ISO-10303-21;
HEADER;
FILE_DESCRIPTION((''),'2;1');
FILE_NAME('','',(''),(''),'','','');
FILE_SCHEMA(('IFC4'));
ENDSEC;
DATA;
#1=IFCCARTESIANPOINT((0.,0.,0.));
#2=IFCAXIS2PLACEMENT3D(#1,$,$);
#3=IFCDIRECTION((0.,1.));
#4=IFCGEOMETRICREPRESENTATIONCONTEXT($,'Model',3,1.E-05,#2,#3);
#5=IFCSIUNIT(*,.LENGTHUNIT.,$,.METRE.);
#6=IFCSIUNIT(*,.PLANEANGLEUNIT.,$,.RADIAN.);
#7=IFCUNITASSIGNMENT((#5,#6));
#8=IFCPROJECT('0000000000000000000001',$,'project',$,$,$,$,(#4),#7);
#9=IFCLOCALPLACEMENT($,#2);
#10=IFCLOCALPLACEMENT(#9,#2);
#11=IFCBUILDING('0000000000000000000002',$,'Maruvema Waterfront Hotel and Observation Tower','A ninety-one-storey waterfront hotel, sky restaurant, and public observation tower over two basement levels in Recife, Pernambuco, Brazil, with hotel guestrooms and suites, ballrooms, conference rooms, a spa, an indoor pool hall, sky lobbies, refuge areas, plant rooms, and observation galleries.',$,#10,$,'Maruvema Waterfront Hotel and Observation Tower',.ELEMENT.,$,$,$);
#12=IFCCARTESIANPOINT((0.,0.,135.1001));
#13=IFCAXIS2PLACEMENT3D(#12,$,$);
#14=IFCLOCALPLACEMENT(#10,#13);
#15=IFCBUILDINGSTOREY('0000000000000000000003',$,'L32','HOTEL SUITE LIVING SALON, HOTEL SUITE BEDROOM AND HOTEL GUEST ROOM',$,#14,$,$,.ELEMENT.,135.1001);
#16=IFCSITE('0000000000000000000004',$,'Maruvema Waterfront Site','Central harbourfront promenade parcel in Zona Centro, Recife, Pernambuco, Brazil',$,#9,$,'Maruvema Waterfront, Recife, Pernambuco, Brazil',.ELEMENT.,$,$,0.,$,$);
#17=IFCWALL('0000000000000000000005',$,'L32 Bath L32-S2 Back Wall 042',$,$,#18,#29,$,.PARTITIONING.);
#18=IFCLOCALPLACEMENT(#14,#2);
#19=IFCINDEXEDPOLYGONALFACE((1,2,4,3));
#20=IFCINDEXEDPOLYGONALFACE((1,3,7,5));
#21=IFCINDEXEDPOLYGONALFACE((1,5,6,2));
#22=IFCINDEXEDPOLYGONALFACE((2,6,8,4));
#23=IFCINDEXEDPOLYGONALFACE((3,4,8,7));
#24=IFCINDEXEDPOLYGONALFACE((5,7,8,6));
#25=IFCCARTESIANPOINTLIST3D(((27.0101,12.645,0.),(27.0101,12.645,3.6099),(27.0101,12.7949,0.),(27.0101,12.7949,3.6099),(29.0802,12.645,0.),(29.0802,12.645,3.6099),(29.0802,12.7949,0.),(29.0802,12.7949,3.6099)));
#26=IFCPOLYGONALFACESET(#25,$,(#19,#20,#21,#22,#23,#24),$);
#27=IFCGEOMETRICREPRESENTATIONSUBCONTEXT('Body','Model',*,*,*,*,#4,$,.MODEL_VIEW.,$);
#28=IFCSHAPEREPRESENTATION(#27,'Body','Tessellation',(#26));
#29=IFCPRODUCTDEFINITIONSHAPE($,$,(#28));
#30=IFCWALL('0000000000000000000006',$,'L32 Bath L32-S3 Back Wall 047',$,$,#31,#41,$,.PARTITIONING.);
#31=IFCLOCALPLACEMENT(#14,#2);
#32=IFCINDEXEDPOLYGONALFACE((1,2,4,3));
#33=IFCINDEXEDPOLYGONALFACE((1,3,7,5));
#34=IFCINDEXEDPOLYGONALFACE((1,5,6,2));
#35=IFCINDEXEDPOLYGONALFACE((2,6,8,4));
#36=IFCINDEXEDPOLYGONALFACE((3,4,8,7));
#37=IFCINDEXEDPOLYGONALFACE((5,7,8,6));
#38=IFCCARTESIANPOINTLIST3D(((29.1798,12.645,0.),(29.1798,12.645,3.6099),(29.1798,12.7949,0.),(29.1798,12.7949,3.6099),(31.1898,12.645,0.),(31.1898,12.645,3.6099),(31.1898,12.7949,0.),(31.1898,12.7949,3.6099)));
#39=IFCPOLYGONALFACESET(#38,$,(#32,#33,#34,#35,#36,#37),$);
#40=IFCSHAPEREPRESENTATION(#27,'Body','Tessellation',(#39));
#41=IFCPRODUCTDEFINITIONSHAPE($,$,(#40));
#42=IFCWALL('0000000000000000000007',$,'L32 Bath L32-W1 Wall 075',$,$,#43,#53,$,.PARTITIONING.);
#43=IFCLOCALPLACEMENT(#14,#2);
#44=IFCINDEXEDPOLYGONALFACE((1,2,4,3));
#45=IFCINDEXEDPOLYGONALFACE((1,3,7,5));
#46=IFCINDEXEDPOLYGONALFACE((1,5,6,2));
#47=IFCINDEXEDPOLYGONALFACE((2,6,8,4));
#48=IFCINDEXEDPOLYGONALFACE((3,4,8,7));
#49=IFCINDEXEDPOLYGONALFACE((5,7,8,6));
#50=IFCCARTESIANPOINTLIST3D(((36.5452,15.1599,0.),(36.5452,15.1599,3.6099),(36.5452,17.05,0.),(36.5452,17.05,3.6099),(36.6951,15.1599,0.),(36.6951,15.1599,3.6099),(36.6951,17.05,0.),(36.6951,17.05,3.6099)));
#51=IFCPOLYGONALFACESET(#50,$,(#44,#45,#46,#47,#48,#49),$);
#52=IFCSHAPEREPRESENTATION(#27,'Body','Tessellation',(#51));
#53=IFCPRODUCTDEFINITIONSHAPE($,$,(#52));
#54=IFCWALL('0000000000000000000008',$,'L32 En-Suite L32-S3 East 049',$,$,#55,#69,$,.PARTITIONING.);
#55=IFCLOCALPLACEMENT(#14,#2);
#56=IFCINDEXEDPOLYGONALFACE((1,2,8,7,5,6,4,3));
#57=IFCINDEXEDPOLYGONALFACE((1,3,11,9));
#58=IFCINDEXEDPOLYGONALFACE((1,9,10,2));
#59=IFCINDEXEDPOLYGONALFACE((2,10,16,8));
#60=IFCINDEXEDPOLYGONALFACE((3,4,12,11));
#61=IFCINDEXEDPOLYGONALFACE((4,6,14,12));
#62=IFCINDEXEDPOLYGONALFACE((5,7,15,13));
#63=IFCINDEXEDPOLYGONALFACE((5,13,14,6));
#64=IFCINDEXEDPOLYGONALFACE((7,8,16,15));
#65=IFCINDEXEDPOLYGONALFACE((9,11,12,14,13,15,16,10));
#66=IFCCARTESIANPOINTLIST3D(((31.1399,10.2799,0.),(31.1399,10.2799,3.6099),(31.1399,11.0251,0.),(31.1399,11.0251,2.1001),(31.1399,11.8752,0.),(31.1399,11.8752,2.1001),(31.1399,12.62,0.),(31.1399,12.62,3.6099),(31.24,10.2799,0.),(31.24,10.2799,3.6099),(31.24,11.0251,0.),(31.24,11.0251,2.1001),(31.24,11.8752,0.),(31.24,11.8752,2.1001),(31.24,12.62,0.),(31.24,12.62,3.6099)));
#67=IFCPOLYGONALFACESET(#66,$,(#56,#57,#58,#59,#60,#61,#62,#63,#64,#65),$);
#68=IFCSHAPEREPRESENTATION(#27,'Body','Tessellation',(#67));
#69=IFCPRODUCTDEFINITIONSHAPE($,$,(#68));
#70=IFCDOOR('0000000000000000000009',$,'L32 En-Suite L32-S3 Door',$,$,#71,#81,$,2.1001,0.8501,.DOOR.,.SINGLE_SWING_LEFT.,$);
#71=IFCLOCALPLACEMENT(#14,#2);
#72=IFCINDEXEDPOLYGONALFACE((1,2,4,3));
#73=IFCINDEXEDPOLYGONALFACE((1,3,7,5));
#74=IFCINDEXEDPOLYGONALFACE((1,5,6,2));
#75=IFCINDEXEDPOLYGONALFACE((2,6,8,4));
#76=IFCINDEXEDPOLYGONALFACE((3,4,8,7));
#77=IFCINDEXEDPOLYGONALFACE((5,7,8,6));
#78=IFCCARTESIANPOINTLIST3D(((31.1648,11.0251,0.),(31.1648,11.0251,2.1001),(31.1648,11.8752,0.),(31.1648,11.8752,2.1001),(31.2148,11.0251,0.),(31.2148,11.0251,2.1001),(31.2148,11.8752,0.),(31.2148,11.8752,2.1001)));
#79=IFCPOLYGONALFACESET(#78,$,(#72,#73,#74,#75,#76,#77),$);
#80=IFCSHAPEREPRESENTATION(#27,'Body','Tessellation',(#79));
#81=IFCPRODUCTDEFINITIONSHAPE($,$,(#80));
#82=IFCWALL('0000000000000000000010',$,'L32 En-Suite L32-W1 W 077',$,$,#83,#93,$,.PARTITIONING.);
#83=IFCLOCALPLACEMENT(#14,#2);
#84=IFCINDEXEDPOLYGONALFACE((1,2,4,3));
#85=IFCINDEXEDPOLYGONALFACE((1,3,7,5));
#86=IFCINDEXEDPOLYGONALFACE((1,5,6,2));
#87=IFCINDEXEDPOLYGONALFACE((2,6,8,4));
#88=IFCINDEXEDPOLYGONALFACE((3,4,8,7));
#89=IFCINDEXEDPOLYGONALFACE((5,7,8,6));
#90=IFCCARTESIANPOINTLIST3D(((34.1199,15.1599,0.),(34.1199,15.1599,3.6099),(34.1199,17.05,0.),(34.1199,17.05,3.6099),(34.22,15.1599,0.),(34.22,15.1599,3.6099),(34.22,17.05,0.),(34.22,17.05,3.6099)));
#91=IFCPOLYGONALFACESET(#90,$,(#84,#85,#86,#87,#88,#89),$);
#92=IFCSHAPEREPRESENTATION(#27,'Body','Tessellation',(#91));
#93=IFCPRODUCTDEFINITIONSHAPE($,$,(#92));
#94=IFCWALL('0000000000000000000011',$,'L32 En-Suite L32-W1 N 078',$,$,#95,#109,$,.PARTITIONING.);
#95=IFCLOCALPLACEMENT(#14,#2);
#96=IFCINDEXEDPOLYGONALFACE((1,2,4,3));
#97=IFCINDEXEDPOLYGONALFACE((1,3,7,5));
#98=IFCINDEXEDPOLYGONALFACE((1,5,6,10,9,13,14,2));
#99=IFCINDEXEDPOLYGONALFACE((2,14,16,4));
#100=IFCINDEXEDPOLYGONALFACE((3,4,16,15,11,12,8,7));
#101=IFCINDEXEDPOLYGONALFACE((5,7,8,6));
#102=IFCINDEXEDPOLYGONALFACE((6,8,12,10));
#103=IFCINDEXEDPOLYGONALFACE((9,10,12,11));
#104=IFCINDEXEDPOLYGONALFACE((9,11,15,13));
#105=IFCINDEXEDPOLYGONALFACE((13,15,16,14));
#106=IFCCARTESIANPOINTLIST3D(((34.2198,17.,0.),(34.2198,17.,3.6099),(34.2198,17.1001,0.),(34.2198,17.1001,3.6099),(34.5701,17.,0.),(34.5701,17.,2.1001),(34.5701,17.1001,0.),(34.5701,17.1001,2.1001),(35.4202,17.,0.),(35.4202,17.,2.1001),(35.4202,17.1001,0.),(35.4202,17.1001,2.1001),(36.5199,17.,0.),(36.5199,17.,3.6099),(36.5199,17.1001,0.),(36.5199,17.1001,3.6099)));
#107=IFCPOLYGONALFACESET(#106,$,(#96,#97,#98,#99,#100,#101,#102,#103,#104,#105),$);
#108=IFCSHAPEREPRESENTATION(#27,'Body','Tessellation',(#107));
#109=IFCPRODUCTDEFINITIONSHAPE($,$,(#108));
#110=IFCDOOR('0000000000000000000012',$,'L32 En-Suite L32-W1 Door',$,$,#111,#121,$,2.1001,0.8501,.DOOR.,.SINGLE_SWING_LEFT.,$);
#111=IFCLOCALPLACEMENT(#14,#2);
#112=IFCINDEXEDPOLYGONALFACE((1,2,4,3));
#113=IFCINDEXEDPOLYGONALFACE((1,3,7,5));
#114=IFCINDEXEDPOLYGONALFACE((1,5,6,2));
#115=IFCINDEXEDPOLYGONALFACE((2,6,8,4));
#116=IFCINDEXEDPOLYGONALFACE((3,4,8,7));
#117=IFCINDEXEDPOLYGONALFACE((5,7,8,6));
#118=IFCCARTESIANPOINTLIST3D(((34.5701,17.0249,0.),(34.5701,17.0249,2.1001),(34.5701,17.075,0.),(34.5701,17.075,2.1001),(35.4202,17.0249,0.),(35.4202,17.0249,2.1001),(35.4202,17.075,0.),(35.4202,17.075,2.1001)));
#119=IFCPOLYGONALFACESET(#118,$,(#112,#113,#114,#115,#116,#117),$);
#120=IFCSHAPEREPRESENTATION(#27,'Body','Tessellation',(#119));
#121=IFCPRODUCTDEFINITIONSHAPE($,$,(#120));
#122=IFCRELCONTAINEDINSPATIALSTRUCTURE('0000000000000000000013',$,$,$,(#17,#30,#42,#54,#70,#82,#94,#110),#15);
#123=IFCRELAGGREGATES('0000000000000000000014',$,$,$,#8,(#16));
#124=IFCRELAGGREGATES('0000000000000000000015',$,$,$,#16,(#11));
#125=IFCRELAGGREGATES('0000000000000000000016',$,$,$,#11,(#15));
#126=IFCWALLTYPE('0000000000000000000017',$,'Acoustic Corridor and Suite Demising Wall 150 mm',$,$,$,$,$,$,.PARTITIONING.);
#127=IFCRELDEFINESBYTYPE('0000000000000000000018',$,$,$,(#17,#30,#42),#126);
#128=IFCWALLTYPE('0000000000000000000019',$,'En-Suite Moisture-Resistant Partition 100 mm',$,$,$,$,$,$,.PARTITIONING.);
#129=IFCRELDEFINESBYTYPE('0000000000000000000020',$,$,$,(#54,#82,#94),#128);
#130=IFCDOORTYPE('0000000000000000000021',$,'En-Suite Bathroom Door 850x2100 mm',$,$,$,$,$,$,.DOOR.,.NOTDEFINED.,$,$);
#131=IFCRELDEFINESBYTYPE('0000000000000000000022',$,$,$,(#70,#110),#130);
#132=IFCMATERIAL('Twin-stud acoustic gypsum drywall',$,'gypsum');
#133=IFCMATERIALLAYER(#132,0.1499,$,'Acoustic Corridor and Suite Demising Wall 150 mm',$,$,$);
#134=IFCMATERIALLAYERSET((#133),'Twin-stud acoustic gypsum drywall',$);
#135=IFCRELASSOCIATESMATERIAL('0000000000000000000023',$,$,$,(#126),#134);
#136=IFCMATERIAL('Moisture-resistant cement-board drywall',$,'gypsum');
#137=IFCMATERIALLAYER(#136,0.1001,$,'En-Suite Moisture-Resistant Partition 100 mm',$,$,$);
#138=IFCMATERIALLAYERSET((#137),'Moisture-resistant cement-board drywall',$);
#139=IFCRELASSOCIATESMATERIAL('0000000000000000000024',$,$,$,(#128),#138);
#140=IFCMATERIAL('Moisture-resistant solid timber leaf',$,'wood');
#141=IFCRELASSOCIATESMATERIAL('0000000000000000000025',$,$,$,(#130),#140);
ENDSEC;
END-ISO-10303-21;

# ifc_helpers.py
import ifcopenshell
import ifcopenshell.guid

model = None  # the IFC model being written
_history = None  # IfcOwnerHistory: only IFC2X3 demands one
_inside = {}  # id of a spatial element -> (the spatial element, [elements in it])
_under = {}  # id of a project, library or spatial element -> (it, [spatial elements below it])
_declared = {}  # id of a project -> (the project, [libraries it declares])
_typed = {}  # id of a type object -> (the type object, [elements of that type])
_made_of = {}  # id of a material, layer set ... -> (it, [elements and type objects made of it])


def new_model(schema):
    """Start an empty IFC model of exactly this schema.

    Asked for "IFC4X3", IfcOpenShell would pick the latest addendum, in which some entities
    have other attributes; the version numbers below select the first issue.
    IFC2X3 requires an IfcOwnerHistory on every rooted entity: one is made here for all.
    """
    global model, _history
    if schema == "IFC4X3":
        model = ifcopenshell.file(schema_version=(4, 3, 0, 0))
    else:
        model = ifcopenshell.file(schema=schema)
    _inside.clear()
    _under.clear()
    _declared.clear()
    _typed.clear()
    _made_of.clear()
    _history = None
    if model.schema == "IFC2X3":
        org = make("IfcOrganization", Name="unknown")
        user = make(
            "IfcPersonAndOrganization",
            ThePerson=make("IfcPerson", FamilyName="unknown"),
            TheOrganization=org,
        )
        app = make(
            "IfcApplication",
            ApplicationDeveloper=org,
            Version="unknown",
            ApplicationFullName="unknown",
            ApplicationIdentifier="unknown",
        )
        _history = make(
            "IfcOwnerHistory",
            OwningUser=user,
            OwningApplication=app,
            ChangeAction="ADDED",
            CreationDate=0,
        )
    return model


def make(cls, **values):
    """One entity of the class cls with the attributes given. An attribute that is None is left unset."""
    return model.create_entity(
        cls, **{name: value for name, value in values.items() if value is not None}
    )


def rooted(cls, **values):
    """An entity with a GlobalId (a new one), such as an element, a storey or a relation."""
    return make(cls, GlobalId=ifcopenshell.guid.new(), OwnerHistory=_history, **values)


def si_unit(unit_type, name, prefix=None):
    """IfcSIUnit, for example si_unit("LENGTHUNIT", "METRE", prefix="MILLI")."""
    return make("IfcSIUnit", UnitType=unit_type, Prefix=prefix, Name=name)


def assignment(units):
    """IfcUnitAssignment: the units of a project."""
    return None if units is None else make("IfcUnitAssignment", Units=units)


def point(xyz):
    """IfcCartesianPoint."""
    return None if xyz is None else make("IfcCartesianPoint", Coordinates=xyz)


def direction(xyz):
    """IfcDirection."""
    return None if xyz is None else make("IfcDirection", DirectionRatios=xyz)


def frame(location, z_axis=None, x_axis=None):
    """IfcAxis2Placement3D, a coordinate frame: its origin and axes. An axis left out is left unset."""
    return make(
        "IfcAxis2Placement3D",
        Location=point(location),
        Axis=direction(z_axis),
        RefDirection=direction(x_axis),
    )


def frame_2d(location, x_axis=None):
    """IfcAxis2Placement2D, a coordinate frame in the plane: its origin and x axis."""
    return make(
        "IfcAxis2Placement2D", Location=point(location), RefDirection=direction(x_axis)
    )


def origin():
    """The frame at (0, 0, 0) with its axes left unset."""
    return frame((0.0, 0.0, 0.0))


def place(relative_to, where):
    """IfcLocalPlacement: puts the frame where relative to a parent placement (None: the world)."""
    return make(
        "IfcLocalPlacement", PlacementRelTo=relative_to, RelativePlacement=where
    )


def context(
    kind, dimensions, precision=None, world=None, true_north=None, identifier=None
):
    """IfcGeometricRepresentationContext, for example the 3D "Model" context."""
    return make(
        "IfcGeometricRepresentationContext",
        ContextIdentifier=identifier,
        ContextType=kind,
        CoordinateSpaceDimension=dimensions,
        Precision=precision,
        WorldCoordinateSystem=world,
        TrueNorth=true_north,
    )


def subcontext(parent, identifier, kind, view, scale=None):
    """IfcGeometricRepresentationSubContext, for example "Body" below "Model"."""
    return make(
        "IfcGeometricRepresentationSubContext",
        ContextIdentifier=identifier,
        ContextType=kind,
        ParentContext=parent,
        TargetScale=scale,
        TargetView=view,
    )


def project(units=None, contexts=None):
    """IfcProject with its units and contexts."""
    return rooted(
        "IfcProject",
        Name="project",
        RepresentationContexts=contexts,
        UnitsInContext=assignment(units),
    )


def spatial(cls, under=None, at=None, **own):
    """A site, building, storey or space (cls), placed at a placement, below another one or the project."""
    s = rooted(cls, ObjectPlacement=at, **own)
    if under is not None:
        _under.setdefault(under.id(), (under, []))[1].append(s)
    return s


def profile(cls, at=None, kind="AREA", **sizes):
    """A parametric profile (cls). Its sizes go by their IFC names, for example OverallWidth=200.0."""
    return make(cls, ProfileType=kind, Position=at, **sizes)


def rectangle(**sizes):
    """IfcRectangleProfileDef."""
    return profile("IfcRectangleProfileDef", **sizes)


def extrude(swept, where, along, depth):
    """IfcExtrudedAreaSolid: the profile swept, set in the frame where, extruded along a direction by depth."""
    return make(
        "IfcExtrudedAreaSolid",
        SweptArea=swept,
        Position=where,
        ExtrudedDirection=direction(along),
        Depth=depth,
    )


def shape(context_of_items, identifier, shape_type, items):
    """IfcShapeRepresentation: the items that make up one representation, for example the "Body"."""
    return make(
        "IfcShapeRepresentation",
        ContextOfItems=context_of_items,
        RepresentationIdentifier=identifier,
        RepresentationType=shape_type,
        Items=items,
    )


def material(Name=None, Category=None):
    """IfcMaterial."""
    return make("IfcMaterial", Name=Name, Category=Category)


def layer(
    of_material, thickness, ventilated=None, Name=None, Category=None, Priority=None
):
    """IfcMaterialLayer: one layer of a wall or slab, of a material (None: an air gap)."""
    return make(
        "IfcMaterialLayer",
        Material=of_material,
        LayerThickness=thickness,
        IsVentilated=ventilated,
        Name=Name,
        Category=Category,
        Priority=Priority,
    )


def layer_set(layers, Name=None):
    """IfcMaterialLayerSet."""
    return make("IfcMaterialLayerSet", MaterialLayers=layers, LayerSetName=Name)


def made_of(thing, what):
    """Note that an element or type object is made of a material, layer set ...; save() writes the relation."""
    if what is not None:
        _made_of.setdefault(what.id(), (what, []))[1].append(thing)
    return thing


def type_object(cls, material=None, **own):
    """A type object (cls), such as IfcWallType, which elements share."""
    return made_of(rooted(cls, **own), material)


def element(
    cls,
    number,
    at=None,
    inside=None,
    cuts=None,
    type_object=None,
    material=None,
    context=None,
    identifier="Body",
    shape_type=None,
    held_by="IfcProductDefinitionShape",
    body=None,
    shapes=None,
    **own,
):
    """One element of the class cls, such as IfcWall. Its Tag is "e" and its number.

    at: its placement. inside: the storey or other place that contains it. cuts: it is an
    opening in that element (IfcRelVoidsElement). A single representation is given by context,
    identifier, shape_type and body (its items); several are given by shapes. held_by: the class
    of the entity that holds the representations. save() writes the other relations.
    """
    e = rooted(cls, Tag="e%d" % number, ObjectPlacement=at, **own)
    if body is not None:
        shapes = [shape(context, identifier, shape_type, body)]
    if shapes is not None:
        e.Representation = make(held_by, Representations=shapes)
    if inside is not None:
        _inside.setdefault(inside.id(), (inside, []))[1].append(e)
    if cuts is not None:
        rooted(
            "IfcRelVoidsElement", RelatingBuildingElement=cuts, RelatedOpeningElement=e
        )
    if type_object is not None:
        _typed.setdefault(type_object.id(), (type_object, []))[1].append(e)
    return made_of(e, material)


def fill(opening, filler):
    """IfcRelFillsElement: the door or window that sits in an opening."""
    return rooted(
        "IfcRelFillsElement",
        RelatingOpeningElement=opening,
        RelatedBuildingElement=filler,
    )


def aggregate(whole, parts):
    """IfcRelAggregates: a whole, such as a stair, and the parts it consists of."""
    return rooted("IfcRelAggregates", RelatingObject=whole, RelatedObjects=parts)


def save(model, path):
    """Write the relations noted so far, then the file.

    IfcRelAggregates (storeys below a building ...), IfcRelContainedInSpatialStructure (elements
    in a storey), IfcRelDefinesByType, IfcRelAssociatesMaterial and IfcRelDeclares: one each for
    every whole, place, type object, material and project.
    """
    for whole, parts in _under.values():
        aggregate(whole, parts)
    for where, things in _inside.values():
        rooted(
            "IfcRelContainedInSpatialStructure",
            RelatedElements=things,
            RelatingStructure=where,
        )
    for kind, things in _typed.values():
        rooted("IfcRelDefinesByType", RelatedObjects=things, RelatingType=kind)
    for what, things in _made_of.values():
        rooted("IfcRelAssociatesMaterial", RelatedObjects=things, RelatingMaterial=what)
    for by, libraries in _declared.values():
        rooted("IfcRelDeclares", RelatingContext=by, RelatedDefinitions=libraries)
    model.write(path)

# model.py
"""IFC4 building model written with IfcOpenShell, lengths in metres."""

from ifc_helpers import new_model, si_unit, direction, frame, frame_2d, origin, place, context, subcontext, project, spatial, rectangle, extrude, material, layer, layer_set, type_object, element, fill, save


model = new_model("IFC4")

# Units and contexts
model_context = context("Model", 3, precision=1e-05, world=origin(), true_north=direction((0.0, 1.0)))
body_context = subcontext(model_context, "Body", "Model", "MODEL_VIEW")
ifc_project = project(units=[si_unit("LENGTHUNIT", "METRE"), si_unit("PLANEANGLEUNIT", "RADIAN")], contexts=[model_context])

# Site, building, storey
site_placement = place(None, origin())
site = spatial("IfcSite", under=ifc_project, at=site_placement, Name="Maruvema Waterfront Site", Description="Central harbourfront promenade parcel in Zona Centro, Recife, Pernambuco, Brazil", LongName="Maruvema Waterfront, Recife, Pernambuco, Brazil", CompositionType="ELEMENT", RefElevation=0.0)
building_placement = place(site_placement, origin())
building = spatial("IfcBuilding", under=site, at=building_placement, Name="Maruvema Waterfront Hotel and Observation Tower", Description="A ninety-one-storey waterfront hotel, sky restaurant, and public observation tower over two basement levels in Recife, Pernambuco, Brazil, with hotel guestrooms and suites, ballrooms, conference rooms, a spa, an indoor pool hall, sky lobbies, refuge areas, plant rooms, and observation galleries.", LongName="Maruvema Waterfront Hotel and Observation Tower", CompositionType="ELEMENT")
storey_placement = place(building_placement, frame((0.0, 0.0, 135.1001)))
storey = spatial("IfcBuildingStorey", under=building, at=storey_placement, Name="L32", Description="HOTEL SUITE LIVING SALON, HOTEL SUITE BEDROOM AND HOTEL GUEST ROOM", CompositionType="ELEMENT", Elevation=135.1001)

# Walls
ifc_material_1 = material(Name="Twin-stud acoustic gypsum drywall", Category="gypsum")
ifc_layer_1 = layer(ifc_material_1, 0.1499, Name="Acoustic Corridor and Suite Demising Wall 150 mm")
ifc_layer_set_1 = layer_set([ifc_layer_1], Name="Twin-stud acoustic gypsum drywall")
wall_type_1 = type_object("IfcWallType", Name="Acoustic Corridor and Suite Demising Wall 150 mm", PredefinedType="PARTITIONING", material=ifc_layer_set_1)
wall_1_placement = place(storey_placement, frame((27.01, 12.72, 0.0), z_axis=(0.0, 0.0, 1.0), x_axis=(1.0, 0.0, 0.0)))
element("IfcWall", 1, at=wall_1_placement, inside=storey, type_object=wall_type_1, Name="L32 Bath L32-S2 Back Wall 042", PredefinedType="PARTITIONING", context=body_context, shape_type="SweptSolid", body=[
    extrude(rectangle(XDim=2.0701, YDim=0.1499, at=frame_2d((1.0352, 0.0))), origin(), (0.0, 0.0, 1.0), 3.6099),
])
wall_2_placement = place(storey_placement, frame((29.1799, 12.72, 0.0), z_axis=(0.0, 0.0, 1.0), x_axis=(1.0, 0.0, 0.0)))
element("IfcWall", 2, at=wall_2_placement, inside=storey, type_object=wall_type_1, Name="L32 Bath L32-S3 Back Wall 047", PredefinedType="PARTITIONING", context=body_context, shape_type="SweptSolid", body=[
    extrude(rectangle(XDim=2.01, YDim=0.1499, at=frame_2d((1.0049, 0.0))), origin(), (0.0, 0.0, 1.0), 3.6099),
])

# Wall
wall_3_placement = place(storey_placement, frame((36.6201, 15.1599, 0.0), z_axis=(0.0, 0.0, 1.0), x_axis=(0.0, 1.0, 0.0)))
element("IfcWall", 3, at=wall_3_placement, inside=storey, type_object=wall_type_1, Name="L32 Bath L32-W1 Wall 075", PredefinedType="PARTITIONING", context=body_context, shape_type="SweptSolid", body=[
    extrude(rectangle(XDim=1.8901, YDim=0.1499, at=frame_2d((0.9451, 0.0))), origin(), (0.0, 0.0, 1.0), 3.6099),
])

# Wall, opening, door
ifc_material_2 = material(Name="Moisture-resistant cement-board drywall", Category="gypsum")
ifc_layer_2 = layer(ifc_material_2, 0.1001, Name="En-Suite Moisture-Resistant Partition 100 mm")
ifc_layer_set_2 = layer_set([ifc_layer_2], Name="Moisture-resistant cement-board drywall")
wall_type_2 = type_object("IfcWallType", Name="En-Suite Moisture-Resistant Partition 100 mm", PredefinedType="PARTITIONING", material=ifc_layer_set_2)
wall_4_placement = place(storey_placement, frame((31.1899, 10.28, 0.0), z_axis=(0.0, 0.0, 1.0), x_axis=(0.0, 1.0, 0.0)))
wall_4 = element("IfcWall", 4, at=wall_4_placement, inside=storey, type_object=wall_type_2, Name="L32 En-Suite L32-S3 East 049", PredefinedType="PARTITIONING", context=body_context, shape_type="SweptSolid", body=[
    extrude(rectangle(XDim=2.3401, YDim=0.1001, at=frame_2d((1.1699, 0.0))), origin(), (0.0, 0.0, 1.0), 3.6099),
])
opening_1_placement = place(wall_4_placement, frame((0.7451, 0.0, 0.0)))
opening_1 = element("IfcOpeningElement", 5, at=opening_1_placement, cuts=wall_4, PredefinedType="OPENING", context=body_context, shape_type="SweptSolid", body=[
    extrude(rectangle(XDim=0.8501, YDim=2.1001, at=frame_2d((0.425, 1.05))), frame((0.0, 0.0601, 0.0), z_axis=(0.0, -1.0, 0.0), x_axis=(1.0, 0.0, 0.0)), (0.0, 0.0, 1.0), 0.1201),
])
ifc_material_3 = material(Name="Moisture-resistant solid timber leaf", Category="wood")
door_type_1 = type_object("IfcDoorType", Name="En-Suite Bathroom Door 850x2100 mm", OperationType="NOTDEFINED", PredefinedType="DOOR", material=ifc_material_3)
door_1_placement = place(opening_1_placement, frame((0.8501, 0.0, 0.0), z_axis=(0.0, 0.0, 1.0), x_axis=(-1.0, 0.0, 0.0)))
door_1 = element("IfcDoor", 6, at=door_1_placement, inside=storey, type_object=door_type_1, Name="L32 En-Suite L32-S3 Door", OperationType="SINGLE_SWING_LEFT", OverallHeight=2.1001, OverallWidth=0.8501, PredefinedType="DOOR", context=body_context, shape_type="SweptSolid", body=[
    extrude(rectangle(XDim=0.8501, YDim=2.1001, at=frame_2d((0.425, 1.05))), frame((0.0, 0.0249, 0.0), z_axis=(0.0, -1.0, 0.0), x_axis=(1.0, 0.0, 0.0)), (0.0, 0.0, 1.0), 0.05),
])
fill(opening_1, door_1)

# Wall
wall_5_placement = place(storey_placement, frame((34.1699, 15.1599, 0.0), z_axis=(0.0, 0.0, 1.0), x_axis=(0.0, 1.0, 0.0)))
element("IfcWall", 7, at=wall_5_placement, inside=storey, type_object=wall_type_2, Name="L32 En-Suite L32-W1 W 077", PredefinedType="PARTITIONING", context=body_context, shape_type="SweptSolid", body=[
    extrude(rectangle(XDim=1.8901, YDim=0.1001, at=frame_2d((0.9451, 0.0))), origin(), (0.0, 0.0, 1.0), 3.6099),
])

# Wall, opening, door
wall_6_placement = place(storey_placement, frame((34.22, 17.05, 0.0), z_axis=(0.0, 0.0, 1.0), x_axis=(1.0, 0.0, 0.0)))
wall_6 = element("IfcWall", 8, at=wall_6_placement, inside=storey, type_object=wall_type_2, Name="L32 En-Suite L32-W1 N 078", PredefinedType="PARTITIONING", context=body_context, shape_type="SweptSolid", body=[
    extrude(rectangle(XDim=2.3, YDim=0.1001, at=frame_2d((1.1499, 0.0))), origin(), (0.0, 0.0, 1.0), 3.6099),
])
opening_2_placement = place(wall_6_placement, frame((0.3501, 0.0, 0.0)))
opening_2 = element("IfcOpeningElement", 9, at=opening_2_placement, cuts=wall_6, PredefinedType="OPENING", context=body_context, shape_type="SweptSolid", body=[
    extrude(rectangle(XDim=0.8501, YDim=2.1001, at=frame_2d((0.425, 1.05))), frame((0.0, 0.0601, 0.0), z_axis=(0.0, -1.0, 0.0), x_axis=(1.0, 0.0, 0.0)), (0.0, 0.0, 1.0), 0.1201),
])
door_2_placement = place(opening_2_placement, origin())
door_2 = element("IfcDoor", 10, at=door_2_placement, inside=storey, type_object=door_type_1, Name="L32 En-Suite L32-W1 Door", OperationType="SINGLE_SWING_LEFT", OverallHeight=2.1001, OverallWidth=0.8501, PredefinedType="DOOR", context=body_context, shape_type="SweptSolid", body=[
    extrude(rectangle(XDim=0.8501, YDim=2.1001, at=frame_2d((0.425, 1.05))), frame((0.0, 0.0249, 0.0), z_axis=(0.0, -1.0, 0.0), x_axis=(1.0, 0.0, 0.0)), (0.0, 0.0, 1.0), 0.05),
])
fill(opening_2, door_2)

save(model, "model.ifc")
